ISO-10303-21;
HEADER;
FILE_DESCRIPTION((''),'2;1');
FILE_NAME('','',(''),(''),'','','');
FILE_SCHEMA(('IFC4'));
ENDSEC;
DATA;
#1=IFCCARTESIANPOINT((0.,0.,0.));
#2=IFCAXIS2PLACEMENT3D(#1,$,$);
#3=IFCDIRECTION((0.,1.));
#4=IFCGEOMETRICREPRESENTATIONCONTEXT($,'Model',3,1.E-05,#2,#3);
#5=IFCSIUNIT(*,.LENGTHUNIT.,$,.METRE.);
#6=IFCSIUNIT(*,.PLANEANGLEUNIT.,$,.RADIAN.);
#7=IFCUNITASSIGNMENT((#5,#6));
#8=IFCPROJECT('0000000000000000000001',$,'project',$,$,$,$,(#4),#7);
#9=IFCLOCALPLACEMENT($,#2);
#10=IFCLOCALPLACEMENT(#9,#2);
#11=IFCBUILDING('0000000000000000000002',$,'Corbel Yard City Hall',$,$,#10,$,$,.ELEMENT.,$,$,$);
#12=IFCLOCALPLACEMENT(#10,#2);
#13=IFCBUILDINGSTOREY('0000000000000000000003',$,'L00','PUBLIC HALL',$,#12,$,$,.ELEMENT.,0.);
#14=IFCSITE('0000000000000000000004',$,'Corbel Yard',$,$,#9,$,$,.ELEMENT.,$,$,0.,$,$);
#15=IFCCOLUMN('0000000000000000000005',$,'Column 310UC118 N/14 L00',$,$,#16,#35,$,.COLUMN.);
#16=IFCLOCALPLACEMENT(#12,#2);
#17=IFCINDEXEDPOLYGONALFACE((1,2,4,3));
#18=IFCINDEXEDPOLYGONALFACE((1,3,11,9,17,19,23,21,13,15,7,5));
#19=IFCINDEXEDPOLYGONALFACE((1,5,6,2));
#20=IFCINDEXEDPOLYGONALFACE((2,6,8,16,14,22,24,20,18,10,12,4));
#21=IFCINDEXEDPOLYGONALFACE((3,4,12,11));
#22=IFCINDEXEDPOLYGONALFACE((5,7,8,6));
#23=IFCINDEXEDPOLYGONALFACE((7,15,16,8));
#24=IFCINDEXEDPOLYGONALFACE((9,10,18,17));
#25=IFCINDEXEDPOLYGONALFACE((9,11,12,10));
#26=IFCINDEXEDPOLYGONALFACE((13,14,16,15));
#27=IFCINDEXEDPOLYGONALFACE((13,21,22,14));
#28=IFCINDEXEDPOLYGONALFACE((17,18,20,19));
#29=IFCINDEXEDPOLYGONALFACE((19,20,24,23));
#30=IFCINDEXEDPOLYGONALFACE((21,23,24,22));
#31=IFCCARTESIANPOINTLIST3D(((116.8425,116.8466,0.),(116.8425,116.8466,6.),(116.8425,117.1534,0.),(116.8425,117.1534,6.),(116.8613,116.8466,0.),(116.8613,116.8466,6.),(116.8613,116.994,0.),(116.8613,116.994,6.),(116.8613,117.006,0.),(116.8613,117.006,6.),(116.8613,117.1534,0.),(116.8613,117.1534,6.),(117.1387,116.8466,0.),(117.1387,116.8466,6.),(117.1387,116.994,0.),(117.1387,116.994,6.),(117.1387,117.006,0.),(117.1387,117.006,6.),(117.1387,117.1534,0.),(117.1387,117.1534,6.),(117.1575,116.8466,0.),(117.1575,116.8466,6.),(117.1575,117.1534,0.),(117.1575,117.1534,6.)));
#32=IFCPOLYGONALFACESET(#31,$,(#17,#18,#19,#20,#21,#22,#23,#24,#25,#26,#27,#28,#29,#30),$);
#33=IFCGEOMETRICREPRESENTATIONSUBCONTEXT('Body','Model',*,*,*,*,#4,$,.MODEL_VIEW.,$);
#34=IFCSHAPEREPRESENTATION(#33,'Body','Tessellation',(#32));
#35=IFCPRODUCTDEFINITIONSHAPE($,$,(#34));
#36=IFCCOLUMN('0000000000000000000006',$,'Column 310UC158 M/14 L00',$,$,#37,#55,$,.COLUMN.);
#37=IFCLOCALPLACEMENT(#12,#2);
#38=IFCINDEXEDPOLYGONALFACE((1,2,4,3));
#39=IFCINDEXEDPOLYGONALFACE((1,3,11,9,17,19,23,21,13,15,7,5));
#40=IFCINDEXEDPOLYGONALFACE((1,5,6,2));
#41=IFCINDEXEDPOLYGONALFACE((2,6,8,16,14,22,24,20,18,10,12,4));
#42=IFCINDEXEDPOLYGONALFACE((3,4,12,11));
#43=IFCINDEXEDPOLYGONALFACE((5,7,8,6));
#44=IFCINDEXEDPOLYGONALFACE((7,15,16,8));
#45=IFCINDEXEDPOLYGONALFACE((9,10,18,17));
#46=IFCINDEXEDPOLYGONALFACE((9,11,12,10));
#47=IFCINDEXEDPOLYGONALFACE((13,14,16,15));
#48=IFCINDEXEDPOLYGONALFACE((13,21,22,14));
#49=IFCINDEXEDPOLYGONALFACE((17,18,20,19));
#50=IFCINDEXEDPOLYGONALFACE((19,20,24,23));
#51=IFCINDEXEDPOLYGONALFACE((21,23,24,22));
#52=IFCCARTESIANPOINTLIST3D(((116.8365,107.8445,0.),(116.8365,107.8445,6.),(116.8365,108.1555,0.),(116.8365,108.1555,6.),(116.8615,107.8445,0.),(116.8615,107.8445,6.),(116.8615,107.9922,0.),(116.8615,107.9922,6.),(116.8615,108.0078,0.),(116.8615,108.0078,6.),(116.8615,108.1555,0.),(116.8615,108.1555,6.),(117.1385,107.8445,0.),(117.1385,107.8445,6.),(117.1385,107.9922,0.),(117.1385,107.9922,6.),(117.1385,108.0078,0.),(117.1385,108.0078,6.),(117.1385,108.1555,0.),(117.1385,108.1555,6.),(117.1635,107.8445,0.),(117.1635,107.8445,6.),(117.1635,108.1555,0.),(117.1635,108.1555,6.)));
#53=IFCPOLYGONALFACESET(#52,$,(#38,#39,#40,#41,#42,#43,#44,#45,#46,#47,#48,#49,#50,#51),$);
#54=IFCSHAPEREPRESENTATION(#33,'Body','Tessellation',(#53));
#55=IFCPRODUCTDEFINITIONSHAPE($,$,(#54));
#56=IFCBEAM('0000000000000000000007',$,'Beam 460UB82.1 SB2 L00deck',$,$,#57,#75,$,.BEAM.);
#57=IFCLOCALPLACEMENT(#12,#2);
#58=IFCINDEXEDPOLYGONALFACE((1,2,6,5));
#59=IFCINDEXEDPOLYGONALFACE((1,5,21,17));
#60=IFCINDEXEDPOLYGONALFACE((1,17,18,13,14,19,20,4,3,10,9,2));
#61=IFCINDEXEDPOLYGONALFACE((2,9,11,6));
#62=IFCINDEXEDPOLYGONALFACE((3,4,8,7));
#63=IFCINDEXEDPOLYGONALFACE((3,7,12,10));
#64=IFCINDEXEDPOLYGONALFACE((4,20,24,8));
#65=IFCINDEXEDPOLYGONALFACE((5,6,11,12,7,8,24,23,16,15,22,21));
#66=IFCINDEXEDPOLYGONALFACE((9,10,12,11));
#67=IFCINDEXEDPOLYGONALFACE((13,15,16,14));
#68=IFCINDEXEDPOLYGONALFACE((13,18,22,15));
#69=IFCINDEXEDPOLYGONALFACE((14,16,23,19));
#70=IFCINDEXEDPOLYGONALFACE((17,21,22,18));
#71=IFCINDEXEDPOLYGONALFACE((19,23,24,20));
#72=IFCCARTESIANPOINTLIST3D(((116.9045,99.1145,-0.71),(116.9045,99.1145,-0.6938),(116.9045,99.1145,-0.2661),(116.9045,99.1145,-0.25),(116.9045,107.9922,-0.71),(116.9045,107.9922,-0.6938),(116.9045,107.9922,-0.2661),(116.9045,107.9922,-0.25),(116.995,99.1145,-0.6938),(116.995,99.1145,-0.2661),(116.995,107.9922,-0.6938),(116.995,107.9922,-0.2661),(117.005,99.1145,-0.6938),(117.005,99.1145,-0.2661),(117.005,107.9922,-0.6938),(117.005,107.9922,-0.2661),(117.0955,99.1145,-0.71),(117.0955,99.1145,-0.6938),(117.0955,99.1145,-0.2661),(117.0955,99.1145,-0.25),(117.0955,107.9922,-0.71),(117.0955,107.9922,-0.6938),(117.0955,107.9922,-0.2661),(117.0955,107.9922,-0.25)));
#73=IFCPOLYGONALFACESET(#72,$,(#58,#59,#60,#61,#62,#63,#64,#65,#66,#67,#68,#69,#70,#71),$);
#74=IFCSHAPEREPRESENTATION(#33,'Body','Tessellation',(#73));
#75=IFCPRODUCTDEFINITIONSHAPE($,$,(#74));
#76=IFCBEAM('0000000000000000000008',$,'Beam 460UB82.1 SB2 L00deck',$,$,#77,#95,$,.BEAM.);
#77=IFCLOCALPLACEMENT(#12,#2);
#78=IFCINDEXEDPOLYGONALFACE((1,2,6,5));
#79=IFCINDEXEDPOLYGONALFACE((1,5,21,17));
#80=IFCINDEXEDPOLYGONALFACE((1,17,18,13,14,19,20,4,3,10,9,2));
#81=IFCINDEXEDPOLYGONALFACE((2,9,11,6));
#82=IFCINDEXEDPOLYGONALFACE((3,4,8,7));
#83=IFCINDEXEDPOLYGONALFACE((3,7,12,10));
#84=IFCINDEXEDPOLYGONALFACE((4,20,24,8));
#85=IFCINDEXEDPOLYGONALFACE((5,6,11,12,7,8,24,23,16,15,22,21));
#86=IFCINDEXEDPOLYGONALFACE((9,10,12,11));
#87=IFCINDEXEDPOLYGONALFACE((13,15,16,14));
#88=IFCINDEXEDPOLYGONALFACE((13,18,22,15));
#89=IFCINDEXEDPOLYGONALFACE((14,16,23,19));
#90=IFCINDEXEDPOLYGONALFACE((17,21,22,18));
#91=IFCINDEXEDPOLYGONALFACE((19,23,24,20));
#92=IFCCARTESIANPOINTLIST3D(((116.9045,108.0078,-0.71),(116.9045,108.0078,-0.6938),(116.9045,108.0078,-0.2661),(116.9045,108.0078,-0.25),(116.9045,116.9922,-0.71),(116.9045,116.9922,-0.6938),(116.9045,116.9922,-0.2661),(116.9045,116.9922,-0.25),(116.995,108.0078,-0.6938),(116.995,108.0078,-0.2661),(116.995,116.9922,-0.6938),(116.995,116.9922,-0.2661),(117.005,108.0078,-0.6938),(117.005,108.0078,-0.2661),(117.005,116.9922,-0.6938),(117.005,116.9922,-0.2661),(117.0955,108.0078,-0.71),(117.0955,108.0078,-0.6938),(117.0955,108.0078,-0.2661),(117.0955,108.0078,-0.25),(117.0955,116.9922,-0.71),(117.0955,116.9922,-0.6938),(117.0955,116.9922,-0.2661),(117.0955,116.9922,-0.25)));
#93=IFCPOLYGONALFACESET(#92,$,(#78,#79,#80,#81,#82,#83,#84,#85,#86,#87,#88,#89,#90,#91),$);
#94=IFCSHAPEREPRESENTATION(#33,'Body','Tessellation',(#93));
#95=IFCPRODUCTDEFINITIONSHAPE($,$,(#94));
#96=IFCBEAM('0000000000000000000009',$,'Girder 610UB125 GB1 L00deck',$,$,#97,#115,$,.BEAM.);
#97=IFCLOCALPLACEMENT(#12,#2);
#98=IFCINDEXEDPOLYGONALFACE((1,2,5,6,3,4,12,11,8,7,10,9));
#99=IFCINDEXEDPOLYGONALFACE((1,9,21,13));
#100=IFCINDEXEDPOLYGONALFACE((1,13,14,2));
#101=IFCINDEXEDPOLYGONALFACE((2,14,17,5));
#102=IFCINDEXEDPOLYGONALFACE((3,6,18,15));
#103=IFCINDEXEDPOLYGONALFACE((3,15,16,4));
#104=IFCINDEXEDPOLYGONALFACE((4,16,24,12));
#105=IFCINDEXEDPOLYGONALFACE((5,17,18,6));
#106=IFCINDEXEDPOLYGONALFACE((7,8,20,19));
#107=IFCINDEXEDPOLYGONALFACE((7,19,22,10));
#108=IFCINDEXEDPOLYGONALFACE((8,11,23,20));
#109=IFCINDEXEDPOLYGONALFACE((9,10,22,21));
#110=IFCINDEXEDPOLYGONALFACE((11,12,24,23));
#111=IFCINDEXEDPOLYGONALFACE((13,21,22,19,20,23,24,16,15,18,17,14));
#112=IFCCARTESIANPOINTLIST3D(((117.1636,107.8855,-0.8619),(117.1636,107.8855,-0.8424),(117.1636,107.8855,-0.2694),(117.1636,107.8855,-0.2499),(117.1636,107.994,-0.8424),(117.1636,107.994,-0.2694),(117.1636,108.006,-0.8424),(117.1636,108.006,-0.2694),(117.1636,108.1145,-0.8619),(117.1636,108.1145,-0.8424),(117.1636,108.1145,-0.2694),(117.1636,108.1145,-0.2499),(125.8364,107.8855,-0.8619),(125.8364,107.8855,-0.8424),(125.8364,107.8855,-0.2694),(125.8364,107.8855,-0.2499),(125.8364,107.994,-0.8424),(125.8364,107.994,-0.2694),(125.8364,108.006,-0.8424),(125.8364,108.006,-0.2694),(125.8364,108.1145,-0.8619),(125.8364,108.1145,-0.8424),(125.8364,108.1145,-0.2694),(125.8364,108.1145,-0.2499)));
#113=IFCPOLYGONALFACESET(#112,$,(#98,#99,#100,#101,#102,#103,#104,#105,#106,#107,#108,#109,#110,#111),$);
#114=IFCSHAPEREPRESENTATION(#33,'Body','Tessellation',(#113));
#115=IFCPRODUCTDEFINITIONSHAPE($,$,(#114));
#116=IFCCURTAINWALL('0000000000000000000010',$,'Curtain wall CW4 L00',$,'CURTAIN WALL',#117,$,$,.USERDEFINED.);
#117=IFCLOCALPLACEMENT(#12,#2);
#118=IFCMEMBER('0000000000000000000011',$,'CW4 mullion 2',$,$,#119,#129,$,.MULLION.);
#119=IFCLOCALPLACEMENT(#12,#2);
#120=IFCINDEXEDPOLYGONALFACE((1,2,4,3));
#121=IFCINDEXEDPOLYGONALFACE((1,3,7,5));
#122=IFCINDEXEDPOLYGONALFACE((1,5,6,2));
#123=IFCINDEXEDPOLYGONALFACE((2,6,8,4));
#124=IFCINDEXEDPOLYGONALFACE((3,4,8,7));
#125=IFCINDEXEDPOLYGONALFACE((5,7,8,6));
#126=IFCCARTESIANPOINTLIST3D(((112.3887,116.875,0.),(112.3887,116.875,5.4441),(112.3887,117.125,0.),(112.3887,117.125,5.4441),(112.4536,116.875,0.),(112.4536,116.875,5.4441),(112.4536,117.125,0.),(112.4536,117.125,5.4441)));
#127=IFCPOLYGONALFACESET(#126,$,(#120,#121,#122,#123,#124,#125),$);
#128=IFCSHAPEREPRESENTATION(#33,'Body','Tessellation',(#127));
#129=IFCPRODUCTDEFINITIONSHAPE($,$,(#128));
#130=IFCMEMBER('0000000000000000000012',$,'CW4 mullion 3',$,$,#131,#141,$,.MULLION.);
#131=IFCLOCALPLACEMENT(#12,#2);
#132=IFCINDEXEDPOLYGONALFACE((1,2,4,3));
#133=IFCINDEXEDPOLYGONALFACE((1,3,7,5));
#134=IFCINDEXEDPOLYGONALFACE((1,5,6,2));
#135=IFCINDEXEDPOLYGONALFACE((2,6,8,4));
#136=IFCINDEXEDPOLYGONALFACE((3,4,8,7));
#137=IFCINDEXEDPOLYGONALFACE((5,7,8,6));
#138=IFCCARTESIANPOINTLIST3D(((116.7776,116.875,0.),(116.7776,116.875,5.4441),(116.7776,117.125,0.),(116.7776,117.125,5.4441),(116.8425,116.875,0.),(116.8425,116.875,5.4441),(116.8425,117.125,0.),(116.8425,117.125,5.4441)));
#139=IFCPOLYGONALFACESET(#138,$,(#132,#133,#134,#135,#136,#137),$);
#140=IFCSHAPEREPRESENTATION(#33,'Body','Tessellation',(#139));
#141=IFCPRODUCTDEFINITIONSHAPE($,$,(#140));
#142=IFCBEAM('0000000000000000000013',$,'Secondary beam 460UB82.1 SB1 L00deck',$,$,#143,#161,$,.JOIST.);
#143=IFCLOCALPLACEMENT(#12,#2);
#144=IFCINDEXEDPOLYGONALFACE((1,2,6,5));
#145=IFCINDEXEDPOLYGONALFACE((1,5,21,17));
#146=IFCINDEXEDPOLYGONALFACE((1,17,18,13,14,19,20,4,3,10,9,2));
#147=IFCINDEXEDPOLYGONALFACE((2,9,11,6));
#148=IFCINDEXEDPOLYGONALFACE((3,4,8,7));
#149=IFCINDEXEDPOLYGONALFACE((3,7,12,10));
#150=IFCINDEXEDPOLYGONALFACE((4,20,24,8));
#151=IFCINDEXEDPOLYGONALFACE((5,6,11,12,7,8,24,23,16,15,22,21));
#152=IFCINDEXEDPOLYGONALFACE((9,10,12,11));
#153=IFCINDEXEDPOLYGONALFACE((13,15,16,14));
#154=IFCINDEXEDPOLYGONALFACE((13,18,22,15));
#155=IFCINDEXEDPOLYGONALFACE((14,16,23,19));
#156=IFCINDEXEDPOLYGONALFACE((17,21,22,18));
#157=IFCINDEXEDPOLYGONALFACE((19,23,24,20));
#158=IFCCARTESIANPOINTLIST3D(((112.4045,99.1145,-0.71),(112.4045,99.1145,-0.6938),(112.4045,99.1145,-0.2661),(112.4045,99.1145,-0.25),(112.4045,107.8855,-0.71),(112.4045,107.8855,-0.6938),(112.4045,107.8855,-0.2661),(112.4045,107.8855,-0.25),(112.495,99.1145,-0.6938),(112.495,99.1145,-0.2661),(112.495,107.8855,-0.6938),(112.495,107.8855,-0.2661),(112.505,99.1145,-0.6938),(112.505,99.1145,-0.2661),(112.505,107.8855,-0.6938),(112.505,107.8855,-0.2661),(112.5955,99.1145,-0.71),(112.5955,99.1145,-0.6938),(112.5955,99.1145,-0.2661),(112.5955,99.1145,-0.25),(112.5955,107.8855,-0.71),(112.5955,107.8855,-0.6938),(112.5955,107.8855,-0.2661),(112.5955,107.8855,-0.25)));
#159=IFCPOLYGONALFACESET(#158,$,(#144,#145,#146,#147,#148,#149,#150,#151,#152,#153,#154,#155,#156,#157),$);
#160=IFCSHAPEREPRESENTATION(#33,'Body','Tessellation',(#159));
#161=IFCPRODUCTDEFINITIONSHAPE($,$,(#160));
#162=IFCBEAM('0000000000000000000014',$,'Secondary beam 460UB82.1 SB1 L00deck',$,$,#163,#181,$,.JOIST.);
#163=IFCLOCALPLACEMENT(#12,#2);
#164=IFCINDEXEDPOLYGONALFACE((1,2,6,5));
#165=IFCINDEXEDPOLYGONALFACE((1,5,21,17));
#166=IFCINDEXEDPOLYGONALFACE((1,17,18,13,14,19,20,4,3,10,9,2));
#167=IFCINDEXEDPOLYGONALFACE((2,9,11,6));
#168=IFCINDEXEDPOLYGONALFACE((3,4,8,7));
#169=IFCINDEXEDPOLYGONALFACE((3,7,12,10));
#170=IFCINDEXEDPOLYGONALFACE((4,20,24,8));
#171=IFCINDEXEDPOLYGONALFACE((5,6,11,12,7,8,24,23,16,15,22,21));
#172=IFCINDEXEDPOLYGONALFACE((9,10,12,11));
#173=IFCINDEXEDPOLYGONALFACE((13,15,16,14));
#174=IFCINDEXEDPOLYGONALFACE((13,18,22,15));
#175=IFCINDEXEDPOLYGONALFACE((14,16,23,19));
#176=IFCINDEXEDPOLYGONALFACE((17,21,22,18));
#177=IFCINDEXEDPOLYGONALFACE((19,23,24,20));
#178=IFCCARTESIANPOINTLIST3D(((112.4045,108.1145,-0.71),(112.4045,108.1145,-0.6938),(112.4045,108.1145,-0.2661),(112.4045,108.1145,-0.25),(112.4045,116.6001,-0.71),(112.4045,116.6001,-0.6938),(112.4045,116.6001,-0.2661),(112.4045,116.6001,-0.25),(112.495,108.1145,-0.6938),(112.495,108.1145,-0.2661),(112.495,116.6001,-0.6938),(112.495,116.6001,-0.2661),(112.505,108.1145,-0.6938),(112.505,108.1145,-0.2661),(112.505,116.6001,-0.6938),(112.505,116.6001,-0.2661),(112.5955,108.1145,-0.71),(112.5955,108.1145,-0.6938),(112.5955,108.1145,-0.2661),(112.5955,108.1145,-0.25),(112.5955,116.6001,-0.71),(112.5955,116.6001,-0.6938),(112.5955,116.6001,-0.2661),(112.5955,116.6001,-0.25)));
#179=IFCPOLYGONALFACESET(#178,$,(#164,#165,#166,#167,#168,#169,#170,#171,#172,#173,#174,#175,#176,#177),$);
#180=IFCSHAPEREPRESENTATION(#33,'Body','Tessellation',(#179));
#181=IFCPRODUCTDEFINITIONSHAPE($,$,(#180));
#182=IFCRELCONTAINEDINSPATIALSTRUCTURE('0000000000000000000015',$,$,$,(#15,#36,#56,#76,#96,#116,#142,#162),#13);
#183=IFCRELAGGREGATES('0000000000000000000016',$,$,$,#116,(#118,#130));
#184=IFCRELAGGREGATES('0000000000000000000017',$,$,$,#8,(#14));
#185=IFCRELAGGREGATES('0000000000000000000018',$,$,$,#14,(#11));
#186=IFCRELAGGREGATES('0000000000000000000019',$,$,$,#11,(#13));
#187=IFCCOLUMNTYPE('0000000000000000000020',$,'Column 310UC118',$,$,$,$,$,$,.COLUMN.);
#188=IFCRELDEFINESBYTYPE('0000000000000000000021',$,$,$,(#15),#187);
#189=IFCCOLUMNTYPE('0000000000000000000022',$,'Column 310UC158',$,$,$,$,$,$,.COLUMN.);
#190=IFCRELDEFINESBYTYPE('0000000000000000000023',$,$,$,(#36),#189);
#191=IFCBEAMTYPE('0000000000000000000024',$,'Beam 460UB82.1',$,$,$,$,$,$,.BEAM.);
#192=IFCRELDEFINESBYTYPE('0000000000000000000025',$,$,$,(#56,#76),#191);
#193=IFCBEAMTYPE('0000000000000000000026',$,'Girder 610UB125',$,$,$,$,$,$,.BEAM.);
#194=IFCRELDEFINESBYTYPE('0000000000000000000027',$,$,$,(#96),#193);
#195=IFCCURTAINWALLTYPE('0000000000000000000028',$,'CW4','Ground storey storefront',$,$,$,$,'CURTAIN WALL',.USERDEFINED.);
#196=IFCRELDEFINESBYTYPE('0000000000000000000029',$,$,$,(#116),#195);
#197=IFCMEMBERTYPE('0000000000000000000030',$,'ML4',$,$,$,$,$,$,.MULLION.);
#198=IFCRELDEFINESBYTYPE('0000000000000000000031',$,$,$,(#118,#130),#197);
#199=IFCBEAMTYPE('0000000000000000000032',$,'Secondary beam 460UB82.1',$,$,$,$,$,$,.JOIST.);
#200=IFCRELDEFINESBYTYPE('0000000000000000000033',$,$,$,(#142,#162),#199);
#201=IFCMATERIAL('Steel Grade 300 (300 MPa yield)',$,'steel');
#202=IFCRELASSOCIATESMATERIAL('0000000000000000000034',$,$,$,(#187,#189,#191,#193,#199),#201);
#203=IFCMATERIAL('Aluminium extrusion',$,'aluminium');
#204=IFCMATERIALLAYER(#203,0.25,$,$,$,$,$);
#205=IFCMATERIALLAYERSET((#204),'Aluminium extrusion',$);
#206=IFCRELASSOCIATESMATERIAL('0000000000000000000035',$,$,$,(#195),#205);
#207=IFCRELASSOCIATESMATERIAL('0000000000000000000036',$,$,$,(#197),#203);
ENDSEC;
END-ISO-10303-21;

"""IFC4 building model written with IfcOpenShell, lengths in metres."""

from ifc_helpers import new_model, si_unit, direction, frame, origin, origin_2d, place, context, subcontext, project, spatial, rectangle, i_section, extrude, material, layer, layer_set, material_profile, profile_set, type_object, element, aggregate, save


model = new_model("IFC4")

# Units and contexts
model_context = context("Model", 3, precision=1e-05, world=origin(), true_north=direction((0.0, 1.0)))
body_context = subcontext(model_context, "Body", "Model", "MODEL_VIEW")
ifc_project = project(units=[si_unit("LENGTHUNIT", "METRE"), si_unit("PLANEANGLEUNIT", "RADIAN")], contexts=[model_context])

# Site, building, storey
site_placement = place(None, origin())
site = spatial("IfcSite", under=ifc_project, at=site_placement, Name="Corbel Yard", CompositionType="ELEMENT", RefElevation=0.0)
building_placement = place(site_placement, origin())
building = spatial("IfcBuilding", under=site, at=building_placement, Name="Corbel Yard City Hall", CompositionType="ELEMENT")
storey_placement = place(building_placement, origin())
storey = spatial("IfcBuildingStorey", under=building, at=storey_placement, Name="L00", Description="PUBLIC HALL", CompositionType="ELEMENT", Elevation=0.0)

# Columns
ifc_material_1 = material(Name="Steel Grade 300 (300 MPa yield)", Category="steel")
ifc_material_profile_1 = material_profile(ifc_material_1, i_section(OverallWidth=0.3069, OverallDepth=0.3149, WebThickness=0.012, FlangeThickness=0.0188, at=origin_2d()), Name="310UC118")
ifc_profile_set_1 = profile_set([ifc_material_profile_1], Name="Steel Grade 300 (300 MPa yield)")
column_type_1 = type_object("IfcColumnType", Name="Column 310UC118", PredefinedType="COLUMN", material=ifc_profile_set_1)
column_1_placement = place(storey_placement, frame((117.0, 117.0, 0.0), z_axis=(0.0, 0.0, 1.0), x_axis=(0.0, 1.0, 0.0)))
element("IfcColumn", 1, at=column_1_placement, inside=storey, type_object=column_type_1, Name="Column 310UC118 N/14 L00", PredefinedType="COLUMN", context=body_context, shape_type="SweptSolid", body=[
    extrude(i_section(OverallWidth=0.3069, OverallDepth=0.3149, WebThickness=0.012, FlangeThickness=0.0188, at=origin_2d()), origin(), (0.0, 0.0, 1.0), 6.0),
])
ifc_material_profile_2 = material_profile(ifc_material_1, i_section(OverallWidth=0.311, OverallDepth=0.3269, WebThickness=0.0156, FlangeThickness=0.0249, at=origin_2d()), Name="310UC158")
ifc_profile_set_2 = profile_set([ifc_material_profile_2], Name="Steel Grade 300 (300 MPa yield)")
column_type_2 = type_object("IfcColumnType", Name="Column 310UC158", PredefinedType="COLUMN", material=ifc_profile_set_2)
column_2_placement = place(storey_placement, frame((117.0, 108.0, 0.0), z_axis=(0.0, 0.0, 1.0), x_axis=(0.0, 1.0, 0.0)))
element("IfcColumn", 2, at=column_2_placement, inside=storey, type_object=column_type_2, Name="Column 310UC158 M/14 L00", PredefinedType="COLUMN", context=body_context, shape_type="SweptSolid", body=[
    extrude(i_section(OverallWidth=0.311, OverallDepth=0.3269, WebThickness=0.0156, FlangeThickness=0.0249, at=origin_2d()), origin(), (0.0, 0.0, 1.0), 6.0),
])

# Beams
ifc_material_profile_3 = material_profile(ifc_material_1, i_section(OverallWidth=0.1909, OverallDepth=0.46, WebThickness=0.01, FlangeThickness=0.0161, at=origin_2d()), Name="460UB82.1")
ifc_profile_set_3 = profile_set([ifc_material_profile_3], Name="Steel Grade 300 (300 MPa yield)")
beam_type_1 = type_object("IfcBeamType", Name="Beam 460UB82.1", PredefinedType="BEAM", material=ifc_profile_set_3)
beam_1_placement = place(storey_placement, frame((117.0, 99.1145, -0.48), z_axis=(0.0, 1.0, 0.0), x_axis=(-1.0, 0.0, 0.0)))
element("IfcBeam", 3, at=beam_1_placement, inside=storey, type_object=beam_type_1, Name="Beam 460UB82.1 SB2 L00deck", PredefinedType="BEAM", context=body_context, shape_type="SweptSolid", body=[
    extrude(i_section(OverallWidth=0.1909, OverallDepth=0.46, WebThickness=0.01, FlangeThickness=0.0161, at=origin_2d()), origin(), (0.0, 0.0, 1.0), 8.8777),
])
beam_2_placement = place(storey_placement, frame((117.0, 108.0078, -0.48), z_axis=(0.0, 1.0, 0.0), x_axis=(-1.0, 0.0, 0.0)))
element("IfcBeam", 4, at=beam_2_placement, inside=storey, type_object=beam_type_1, Name="Beam 460UB82.1 SB2 L00deck", PredefinedType="BEAM", context=body_context, shape_type="SweptSolid", body=[
    extrude(i_section(OverallWidth=0.1909, OverallDepth=0.46, WebThickness=0.01, FlangeThickness=0.0161, at=origin_2d()), origin(), (0.0, 0.0, 1.0), 8.9844),
])
ifc_material_profile_4 = material_profile(ifc_material_1, i_section(OverallWidth=0.229, OverallDepth=0.6121, WebThickness=0.012, FlangeThickness=0.0195, at=origin_2d()), Name="610UB125")
ifc_profile_set_4 = profile_set([ifc_material_profile_4], Name="Steel Grade 300 (300 MPa yield)")
beam_type_2 = type_object("IfcBeamType", Name="Girder 610UB125", PredefinedType="BEAM", material=ifc_profile_set_4)
beam_3_placement = place(storey_placement, frame((117.1636, 108.0, -0.5559), z_axis=(1.0, 0.0, 0.0), x_axis=(0.0, 1.0, 0.0)))
element("IfcBeam", 5, at=beam_3_placement, inside=storey, type_object=beam_type_2, Name="Girder 610UB125 GB1 L00deck", PredefinedType="BEAM", context=body_context, shape_type="SweptSolid", body=[
    extrude(i_section(OverallWidth=0.229, OverallDepth=0.6121, WebThickness=0.012, FlangeThickness=0.0195, at=origin_2d()), origin(), (0.0, 0.0, 1.0), 8.6729),
])

# Curtain wall, members
ifc_material_2 = material(Name="Aluminium extrusion", Category="aluminium")
ifc_layer_1 = layer(ifc_material_2, 0.25)
ifc_layer_set_1 = layer_set([ifc_layer_1], Name="Aluminium extrusion")
curtain_wall_type = type_object("IfcCurtainWallType", Name="CW4", Description="Ground storey storefront", ElementType="CURTAIN WALL", PredefinedType="USERDEFINED", material=ifc_layer_set_1)
curtain_wall_placement = place(storey_placement, origin())
curtain_wall = element("IfcCurtainWall", 6, at=curtain_wall_placement, inside=storey, type_object=curtain_wall_type, Name="Curtain wall CW4 L00", ObjectType="CURTAIN WALL", PredefinedType="USERDEFINED")
ifc_material_profile_5 = material_profile(ifc_material_2, rectangle(XDim=0.25, YDim=0.0649, at=origin_2d()), Name="250x65")
ifc_profile_set_5 = profile_set([ifc_material_profile_5], Name="Aluminium extrusion")
member_type_1 = type_object("IfcMemberType", Name="ML4", PredefinedType="MULLION", material=ifc_profile_set_5)
member_1_placement = place(storey_placement, frame((112.4211, 117.0, 0.0), z_axis=(0.0, 0.0, 1.0), x_axis=(0.0, 1.0, 0.0)))
member_1 = element("IfcMember", 7, at=member_1_placement, type_object=member_type_1, Name="CW4 mullion 2", PredefinedType="MULLION", context=body_context, shape_type="SweptSolid", body=[
    extrude(rectangle(XDim=0.25, YDim=0.0649, at=origin_2d()), origin(), (0.0, 0.0, 1.0), 5.4441),
])
member_2_placement = place(storey_placement, frame((116.8101, 117.0, 0.0), z_axis=(0.0, 0.0, 1.0), x_axis=(0.0, 1.0, 0.0)))
member_2 = element("IfcMember", 8, at=member_2_placement, type_object=member_type_1, Name="CW4 mullion 3", PredefinedType="MULLION", context=body_context, shape_type="SweptSolid", body=[
    extrude(rectangle(XDim=0.25, YDim=0.0649, at=origin_2d()), origin(), (0.0, 0.0, 1.0), 5.4441),
])

# Beams
ifc_material_profile_6 = material_profile(ifc_material_1, i_section(OverallWidth=0.1909, OverallDepth=0.46, WebThickness=0.01, FlangeThickness=0.0161, at=origin_2d()), Name="460UB82.1")
ifc_profile_set_6 = profile_set([ifc_material_profile_6], Name="Steel Grade 300 (300 MPa yield)")
beam_type_3 = type_object("IfcBeamType", Name="Secondary beam 460UB82.1", PredefinedType="JOIST", material=ifc_profile_set_6)
beam_4_placement = place(storey_placement, frame((112.5, 99.1145, -0.48), z_axis=(0.0, 1.0, 0.0), x_axis=(-1.0, 0.0, 0.0)))
element("IfcBeam", 9, at=beam_4_placement, inside=storey, type_object=beam_type_3, Name="Secondary beam 460UB82.1 SB1 L00deck", PredefinedType="JOIST", context=body_context, shape_type="SweptSolid", body=[
    extrude(i_section(OverallWidth=0.1909, OverallDepth=0.46, WebThickness=0.01, FlangeThickness=0.0161, at=origin_2d()), origin(), (0.0, 0.0, 1.0), 8.771),
])
beam_5_placement = place(storey_placement, frame((112.5, 108.1145, -0.48), z_axis=(0.0, 1.0, 0.0), x_axis=(-1.0, 0.0, 0.0)))
element("IfcBeam", 10, at=beam_5_placement, inside=storey, type_object=beam_type_3, Name="Secondary beam 460UB82.1 SB1 L00deck", PredefinedType="JOIST", context=body_context, shape_type="SweptSolid", body=[
    extrude(i_section(OverallWidth=0.1909, OverallDepth=0.46, WebThickness=0.01, FlangeThickness=0.0161, at=origin_2d()), origin(), (0.0, 0.0, 1.0), 8.4856),
])

aggregate(curtain_wall, [member_1, member_2])

save(model, "model.ifc")
